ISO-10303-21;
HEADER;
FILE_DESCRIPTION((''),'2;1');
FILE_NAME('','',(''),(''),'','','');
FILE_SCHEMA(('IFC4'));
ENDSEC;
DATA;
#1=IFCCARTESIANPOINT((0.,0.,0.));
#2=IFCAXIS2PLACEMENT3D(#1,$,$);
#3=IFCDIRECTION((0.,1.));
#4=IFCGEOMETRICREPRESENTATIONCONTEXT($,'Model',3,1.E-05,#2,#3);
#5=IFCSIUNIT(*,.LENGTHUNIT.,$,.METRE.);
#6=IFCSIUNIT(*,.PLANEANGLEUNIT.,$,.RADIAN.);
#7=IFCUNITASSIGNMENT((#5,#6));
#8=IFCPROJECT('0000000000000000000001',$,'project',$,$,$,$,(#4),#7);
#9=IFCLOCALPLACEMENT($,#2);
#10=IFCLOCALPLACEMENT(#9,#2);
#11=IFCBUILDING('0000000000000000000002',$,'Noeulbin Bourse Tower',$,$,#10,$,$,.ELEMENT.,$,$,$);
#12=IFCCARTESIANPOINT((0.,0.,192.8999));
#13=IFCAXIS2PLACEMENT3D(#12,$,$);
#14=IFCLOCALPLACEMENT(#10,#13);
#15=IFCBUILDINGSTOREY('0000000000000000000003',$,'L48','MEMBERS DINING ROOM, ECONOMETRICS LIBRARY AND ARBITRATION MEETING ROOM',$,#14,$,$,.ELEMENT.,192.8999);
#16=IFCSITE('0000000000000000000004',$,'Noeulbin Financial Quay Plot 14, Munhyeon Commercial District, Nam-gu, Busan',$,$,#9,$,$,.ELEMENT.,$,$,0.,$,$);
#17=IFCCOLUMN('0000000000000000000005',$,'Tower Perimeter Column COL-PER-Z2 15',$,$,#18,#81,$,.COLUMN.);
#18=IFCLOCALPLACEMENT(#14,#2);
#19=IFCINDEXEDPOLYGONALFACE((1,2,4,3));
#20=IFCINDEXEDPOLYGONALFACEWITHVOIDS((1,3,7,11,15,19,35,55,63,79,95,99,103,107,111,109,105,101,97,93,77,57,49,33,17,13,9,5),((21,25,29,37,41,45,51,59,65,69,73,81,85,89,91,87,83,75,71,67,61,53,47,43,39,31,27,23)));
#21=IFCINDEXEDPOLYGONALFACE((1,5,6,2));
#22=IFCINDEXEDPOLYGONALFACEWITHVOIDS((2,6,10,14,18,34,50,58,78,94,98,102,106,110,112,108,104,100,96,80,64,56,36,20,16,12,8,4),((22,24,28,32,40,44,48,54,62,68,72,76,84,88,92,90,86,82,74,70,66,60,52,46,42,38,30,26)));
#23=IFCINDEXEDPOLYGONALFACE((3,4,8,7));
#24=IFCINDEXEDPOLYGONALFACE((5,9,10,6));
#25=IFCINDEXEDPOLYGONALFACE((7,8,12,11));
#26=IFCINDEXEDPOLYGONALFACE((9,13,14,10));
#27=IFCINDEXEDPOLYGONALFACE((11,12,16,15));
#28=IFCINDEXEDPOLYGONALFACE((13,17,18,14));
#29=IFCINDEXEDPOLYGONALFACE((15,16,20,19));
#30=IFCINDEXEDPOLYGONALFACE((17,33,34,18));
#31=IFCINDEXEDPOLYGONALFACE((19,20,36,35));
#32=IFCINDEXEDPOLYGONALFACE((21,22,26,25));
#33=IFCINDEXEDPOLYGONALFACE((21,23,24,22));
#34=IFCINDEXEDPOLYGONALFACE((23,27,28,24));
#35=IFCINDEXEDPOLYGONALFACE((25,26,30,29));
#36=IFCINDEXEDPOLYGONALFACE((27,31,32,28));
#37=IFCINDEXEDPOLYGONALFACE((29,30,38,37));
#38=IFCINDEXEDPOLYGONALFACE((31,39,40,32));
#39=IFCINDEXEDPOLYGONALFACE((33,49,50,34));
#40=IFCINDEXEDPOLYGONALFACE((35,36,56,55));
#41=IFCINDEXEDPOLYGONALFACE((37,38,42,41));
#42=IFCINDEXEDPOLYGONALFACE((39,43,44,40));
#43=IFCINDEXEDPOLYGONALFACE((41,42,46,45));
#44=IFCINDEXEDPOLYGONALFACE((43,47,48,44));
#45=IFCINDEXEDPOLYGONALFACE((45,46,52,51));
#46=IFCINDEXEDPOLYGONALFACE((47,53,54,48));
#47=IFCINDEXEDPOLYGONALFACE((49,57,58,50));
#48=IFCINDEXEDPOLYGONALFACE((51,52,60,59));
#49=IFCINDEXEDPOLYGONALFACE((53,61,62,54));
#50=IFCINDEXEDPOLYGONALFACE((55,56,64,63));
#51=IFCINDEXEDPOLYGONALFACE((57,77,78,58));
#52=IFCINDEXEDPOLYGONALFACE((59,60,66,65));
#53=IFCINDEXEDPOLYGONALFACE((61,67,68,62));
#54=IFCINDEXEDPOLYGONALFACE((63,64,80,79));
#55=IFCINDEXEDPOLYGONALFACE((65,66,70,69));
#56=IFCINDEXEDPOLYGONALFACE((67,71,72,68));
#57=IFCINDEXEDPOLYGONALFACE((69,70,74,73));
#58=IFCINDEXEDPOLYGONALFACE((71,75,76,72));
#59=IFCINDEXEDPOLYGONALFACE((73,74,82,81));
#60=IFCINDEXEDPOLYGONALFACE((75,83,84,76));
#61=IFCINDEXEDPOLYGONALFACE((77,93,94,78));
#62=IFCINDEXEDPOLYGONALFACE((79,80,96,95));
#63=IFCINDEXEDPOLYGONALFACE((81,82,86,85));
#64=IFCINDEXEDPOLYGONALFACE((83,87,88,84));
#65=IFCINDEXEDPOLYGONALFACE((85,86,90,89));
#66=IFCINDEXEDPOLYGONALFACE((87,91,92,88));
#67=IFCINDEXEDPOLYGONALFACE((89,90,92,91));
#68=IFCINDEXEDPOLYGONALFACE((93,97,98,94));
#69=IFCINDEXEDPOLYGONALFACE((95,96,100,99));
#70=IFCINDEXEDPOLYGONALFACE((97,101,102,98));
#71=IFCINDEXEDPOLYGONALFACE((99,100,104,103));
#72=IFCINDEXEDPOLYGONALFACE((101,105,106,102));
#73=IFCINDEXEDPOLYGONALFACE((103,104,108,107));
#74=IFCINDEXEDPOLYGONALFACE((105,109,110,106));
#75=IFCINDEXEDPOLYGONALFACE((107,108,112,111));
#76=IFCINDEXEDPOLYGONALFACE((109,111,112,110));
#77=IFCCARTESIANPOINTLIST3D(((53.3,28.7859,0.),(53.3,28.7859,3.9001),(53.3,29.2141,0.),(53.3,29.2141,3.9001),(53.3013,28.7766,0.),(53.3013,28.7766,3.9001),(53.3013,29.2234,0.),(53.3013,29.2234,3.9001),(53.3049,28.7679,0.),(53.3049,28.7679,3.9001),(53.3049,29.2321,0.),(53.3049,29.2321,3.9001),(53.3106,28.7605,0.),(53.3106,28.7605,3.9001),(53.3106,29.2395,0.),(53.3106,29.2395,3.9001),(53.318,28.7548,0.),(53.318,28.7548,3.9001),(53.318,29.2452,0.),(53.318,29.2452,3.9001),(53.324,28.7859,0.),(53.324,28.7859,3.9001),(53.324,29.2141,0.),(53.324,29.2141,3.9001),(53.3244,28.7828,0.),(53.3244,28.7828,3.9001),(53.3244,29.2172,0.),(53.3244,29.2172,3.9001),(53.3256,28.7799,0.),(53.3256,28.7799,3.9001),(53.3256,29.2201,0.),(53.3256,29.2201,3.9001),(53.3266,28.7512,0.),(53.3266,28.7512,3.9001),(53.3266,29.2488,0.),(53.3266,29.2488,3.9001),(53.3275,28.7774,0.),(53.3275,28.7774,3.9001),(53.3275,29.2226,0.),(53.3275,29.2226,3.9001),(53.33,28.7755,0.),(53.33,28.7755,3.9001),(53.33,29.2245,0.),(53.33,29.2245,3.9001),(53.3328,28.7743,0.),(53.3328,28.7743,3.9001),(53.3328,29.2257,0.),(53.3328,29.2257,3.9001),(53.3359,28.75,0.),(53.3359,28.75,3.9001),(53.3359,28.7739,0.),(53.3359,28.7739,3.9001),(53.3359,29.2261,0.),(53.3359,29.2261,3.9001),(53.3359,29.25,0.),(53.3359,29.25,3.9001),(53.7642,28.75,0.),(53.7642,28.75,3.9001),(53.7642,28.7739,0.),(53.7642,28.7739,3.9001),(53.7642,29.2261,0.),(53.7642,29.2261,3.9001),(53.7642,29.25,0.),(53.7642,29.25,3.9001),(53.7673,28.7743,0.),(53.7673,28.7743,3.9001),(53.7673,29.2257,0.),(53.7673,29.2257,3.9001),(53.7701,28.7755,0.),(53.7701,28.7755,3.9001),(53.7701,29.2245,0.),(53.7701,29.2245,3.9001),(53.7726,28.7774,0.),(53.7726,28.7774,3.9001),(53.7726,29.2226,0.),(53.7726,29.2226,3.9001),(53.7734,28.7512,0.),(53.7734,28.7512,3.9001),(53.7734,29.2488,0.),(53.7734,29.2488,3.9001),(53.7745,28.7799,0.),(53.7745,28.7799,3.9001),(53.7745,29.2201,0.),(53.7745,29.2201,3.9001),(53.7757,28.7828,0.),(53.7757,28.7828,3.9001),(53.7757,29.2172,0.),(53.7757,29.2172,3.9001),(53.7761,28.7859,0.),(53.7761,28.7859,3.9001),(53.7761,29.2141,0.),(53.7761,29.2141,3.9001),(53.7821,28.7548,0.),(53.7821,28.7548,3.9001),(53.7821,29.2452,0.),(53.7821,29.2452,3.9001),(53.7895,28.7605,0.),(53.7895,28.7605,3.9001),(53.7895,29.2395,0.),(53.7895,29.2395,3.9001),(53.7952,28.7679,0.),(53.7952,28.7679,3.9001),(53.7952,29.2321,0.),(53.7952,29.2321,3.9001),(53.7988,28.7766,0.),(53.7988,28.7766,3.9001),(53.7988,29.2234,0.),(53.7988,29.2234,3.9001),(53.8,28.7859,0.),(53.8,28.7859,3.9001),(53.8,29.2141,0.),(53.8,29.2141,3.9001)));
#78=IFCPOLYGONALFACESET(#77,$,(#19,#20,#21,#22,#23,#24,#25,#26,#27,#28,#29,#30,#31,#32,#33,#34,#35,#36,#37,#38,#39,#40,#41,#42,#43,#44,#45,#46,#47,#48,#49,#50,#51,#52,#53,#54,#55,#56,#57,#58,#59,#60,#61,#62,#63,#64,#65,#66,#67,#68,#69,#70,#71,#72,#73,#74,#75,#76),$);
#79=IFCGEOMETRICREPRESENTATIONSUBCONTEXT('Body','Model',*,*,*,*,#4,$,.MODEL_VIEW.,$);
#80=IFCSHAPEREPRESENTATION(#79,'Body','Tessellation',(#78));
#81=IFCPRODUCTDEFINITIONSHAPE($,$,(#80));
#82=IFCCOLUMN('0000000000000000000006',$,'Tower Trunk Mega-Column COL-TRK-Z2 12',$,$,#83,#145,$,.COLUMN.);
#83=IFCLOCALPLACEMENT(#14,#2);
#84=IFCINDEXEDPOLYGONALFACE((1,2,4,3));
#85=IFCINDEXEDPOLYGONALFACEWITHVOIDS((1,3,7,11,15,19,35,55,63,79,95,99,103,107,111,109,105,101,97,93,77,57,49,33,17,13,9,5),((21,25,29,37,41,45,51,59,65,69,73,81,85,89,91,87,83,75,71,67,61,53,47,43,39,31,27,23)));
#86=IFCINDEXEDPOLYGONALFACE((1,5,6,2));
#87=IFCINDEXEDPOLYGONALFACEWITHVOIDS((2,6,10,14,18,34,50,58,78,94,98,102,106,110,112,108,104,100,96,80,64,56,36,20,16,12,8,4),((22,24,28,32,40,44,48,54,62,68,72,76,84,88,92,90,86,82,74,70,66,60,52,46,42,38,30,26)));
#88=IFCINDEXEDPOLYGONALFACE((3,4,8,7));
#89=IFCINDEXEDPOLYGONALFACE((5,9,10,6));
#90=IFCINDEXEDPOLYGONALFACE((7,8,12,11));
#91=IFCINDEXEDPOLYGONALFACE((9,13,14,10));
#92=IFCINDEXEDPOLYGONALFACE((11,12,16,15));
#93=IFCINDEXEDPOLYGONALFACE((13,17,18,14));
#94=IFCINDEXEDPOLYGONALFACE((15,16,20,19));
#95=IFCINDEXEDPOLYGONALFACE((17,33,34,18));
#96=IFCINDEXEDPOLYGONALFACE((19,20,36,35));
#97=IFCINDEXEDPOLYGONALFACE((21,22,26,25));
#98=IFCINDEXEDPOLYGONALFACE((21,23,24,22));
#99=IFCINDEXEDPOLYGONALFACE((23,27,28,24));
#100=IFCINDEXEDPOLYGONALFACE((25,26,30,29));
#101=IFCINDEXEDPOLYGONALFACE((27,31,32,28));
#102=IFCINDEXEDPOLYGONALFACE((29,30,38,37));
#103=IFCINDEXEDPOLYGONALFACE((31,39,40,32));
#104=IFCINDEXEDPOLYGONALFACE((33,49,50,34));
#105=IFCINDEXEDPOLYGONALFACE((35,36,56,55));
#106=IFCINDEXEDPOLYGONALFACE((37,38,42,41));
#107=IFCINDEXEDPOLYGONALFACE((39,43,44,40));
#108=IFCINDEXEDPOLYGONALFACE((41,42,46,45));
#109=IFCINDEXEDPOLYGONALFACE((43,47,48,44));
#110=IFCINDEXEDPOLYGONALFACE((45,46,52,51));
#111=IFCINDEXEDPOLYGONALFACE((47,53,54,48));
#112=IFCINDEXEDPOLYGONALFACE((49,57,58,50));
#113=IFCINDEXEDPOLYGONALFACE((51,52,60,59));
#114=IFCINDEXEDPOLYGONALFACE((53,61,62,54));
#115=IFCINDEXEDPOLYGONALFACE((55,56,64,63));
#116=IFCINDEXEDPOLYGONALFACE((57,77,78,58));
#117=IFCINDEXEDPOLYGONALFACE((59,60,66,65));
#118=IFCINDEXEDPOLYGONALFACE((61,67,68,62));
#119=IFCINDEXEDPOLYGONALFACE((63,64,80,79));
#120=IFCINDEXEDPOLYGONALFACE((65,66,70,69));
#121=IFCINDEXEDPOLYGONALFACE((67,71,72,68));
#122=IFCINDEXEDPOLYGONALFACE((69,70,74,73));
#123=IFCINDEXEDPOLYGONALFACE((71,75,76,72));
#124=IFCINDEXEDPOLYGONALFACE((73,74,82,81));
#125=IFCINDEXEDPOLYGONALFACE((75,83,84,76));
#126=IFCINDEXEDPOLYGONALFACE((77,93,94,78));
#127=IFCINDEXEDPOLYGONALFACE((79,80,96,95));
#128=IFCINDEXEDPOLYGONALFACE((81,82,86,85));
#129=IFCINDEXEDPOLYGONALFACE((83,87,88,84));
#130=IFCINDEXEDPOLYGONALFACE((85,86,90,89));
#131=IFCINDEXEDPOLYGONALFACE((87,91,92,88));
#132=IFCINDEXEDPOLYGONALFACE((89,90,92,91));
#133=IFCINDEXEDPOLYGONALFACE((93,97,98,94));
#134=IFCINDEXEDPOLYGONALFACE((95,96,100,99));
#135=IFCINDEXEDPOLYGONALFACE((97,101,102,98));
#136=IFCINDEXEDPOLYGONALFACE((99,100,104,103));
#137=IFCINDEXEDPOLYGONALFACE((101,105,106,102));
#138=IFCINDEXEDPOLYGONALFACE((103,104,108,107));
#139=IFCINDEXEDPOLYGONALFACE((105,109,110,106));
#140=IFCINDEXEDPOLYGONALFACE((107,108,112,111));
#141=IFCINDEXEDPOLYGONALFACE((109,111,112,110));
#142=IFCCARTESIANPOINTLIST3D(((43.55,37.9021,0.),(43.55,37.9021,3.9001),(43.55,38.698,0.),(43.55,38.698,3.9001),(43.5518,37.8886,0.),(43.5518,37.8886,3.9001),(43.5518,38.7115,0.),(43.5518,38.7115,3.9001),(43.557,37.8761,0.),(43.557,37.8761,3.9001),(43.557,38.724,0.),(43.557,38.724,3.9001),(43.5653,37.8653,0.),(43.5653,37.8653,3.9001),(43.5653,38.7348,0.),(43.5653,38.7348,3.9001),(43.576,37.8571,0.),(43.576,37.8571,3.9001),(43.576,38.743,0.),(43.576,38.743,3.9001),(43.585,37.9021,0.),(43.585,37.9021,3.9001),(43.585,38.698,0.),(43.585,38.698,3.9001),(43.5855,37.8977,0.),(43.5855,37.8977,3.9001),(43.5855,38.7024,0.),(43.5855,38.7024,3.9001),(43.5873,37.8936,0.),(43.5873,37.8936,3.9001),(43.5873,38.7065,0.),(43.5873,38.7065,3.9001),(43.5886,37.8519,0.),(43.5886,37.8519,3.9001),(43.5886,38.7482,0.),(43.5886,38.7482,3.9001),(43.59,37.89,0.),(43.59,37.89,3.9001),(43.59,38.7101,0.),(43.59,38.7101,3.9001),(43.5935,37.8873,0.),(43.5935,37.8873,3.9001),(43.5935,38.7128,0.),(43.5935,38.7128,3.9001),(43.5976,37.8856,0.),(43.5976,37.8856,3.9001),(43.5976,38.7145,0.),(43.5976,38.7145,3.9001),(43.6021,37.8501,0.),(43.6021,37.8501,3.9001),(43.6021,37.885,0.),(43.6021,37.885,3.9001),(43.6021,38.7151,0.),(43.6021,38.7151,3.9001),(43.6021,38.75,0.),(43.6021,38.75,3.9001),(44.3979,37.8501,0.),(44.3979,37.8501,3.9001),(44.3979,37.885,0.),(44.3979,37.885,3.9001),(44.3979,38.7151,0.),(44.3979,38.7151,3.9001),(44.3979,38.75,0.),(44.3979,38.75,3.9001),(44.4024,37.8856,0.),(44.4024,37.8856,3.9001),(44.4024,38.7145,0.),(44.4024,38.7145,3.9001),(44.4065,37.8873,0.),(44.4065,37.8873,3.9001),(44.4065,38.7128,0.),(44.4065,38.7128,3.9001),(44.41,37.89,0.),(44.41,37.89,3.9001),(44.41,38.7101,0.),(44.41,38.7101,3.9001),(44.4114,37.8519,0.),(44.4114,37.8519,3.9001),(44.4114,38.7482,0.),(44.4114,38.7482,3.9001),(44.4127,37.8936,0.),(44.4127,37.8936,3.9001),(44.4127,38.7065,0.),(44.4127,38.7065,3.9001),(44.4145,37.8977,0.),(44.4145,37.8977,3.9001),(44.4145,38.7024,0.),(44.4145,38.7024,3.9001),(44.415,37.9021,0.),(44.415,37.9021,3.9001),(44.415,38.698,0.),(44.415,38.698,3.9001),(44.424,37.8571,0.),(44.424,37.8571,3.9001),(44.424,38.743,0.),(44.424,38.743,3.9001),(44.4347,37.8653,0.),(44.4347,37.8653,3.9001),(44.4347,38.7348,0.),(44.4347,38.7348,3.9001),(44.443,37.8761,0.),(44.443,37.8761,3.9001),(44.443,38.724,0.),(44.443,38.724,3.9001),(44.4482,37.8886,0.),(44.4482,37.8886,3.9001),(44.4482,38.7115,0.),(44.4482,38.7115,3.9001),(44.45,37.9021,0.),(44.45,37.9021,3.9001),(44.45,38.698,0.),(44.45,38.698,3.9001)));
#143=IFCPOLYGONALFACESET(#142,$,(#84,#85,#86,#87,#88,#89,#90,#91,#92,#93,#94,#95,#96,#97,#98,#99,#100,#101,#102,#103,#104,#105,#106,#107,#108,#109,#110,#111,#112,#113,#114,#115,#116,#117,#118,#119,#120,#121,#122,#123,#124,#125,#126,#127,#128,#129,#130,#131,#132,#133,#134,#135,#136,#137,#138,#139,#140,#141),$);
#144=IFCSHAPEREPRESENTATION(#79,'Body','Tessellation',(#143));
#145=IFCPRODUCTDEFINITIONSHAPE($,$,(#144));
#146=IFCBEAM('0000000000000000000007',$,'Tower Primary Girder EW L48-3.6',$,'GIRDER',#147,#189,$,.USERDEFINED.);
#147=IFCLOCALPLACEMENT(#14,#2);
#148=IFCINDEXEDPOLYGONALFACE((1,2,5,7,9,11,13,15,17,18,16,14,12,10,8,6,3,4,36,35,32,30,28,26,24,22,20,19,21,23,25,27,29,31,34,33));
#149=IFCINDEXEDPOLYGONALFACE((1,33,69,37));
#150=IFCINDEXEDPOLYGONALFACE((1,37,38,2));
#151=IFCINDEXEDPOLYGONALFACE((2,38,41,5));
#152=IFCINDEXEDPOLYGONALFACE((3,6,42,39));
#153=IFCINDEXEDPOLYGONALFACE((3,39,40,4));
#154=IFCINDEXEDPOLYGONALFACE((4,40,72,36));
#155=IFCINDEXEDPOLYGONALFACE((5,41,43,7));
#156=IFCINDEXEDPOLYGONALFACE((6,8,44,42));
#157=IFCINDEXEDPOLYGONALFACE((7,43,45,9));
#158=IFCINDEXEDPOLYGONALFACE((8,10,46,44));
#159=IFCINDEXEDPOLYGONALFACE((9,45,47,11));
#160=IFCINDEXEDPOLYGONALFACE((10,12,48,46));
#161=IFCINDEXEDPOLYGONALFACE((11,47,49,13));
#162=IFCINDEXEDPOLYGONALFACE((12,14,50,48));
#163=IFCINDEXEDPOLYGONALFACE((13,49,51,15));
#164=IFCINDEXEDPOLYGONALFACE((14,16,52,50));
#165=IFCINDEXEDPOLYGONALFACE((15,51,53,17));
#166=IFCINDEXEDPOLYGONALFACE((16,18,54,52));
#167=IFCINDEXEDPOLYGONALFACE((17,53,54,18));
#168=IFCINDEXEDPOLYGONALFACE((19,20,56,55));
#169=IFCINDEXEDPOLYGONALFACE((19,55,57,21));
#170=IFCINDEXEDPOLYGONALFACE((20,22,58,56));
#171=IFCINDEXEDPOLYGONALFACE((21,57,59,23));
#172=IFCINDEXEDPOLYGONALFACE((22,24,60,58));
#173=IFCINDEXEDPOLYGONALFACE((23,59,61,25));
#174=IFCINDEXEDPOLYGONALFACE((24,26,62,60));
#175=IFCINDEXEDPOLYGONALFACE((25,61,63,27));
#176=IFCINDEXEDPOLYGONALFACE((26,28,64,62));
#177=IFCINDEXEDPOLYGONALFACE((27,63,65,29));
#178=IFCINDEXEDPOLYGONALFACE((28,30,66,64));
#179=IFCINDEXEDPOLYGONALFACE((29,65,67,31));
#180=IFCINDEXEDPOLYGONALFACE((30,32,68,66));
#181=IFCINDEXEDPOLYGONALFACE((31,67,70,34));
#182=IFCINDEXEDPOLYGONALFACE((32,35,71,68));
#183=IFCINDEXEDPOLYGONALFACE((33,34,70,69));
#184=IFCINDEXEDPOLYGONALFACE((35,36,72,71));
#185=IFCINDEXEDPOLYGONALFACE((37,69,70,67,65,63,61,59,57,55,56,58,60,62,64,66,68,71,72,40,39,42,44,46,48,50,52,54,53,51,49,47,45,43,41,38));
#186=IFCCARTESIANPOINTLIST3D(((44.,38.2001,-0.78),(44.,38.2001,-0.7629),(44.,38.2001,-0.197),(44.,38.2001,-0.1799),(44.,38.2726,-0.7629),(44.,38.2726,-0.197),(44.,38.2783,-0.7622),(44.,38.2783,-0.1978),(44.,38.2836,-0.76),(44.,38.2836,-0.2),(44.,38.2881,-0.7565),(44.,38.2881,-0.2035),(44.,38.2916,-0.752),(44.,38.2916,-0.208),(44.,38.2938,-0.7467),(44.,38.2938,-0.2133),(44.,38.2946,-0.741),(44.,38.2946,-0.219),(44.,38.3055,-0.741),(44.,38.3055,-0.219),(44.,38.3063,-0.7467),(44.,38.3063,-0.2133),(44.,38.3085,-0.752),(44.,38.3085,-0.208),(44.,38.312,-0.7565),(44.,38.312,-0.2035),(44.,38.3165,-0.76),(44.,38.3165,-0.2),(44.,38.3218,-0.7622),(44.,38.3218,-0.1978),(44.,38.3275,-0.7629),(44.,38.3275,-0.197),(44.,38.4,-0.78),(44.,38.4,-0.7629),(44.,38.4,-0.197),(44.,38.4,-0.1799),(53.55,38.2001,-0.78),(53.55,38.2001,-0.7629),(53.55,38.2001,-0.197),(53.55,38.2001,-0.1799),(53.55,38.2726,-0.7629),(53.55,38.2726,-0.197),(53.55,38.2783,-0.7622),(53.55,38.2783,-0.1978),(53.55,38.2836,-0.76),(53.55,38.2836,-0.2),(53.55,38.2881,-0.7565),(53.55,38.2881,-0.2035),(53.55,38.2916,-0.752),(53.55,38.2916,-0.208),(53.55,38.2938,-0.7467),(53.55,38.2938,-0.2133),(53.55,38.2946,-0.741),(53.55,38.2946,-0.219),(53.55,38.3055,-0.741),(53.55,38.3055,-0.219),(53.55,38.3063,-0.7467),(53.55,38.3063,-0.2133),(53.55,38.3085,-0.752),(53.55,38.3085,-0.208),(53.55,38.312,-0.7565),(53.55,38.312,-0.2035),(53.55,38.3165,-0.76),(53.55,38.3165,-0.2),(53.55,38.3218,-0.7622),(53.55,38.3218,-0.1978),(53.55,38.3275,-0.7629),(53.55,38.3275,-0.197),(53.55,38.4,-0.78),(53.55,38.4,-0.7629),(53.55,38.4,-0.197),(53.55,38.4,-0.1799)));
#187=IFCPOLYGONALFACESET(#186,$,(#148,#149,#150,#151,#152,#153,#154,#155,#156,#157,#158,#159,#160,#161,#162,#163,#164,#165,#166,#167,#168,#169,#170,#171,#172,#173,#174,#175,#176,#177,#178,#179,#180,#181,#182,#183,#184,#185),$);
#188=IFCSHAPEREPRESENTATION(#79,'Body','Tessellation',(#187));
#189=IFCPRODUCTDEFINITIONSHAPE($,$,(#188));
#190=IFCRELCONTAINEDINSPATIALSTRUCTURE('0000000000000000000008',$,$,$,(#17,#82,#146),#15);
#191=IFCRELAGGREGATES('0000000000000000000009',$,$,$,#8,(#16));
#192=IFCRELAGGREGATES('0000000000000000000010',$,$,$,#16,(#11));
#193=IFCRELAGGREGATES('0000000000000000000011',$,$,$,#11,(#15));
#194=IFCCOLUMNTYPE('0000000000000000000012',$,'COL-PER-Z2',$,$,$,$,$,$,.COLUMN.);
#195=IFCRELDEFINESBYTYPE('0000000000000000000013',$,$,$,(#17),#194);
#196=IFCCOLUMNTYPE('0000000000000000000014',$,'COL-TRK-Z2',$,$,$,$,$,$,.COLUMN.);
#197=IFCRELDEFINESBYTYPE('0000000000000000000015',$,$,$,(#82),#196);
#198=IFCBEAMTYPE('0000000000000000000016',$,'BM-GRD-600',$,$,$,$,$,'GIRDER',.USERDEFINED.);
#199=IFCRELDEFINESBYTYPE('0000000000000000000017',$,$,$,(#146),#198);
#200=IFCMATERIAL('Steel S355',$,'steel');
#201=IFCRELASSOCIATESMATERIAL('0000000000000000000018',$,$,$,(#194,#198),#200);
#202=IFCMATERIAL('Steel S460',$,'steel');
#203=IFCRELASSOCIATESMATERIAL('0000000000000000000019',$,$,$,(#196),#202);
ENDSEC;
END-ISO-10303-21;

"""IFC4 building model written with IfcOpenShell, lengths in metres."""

from ifc_helpers import new_model, si_unit, direction, frame, origin, origin_2d, place, context, subcontext, project, spatial, hollow_rectangle, i_section, extrude, material, material_profile, profile_set, type_object, element, save


model = new_model("IFC4")

# Units and contexts
model_context = context("Model", 3, precision=1e-05, world=origin(), true_north=direction((0.0, 1.0)))
body_context = subcontext(model_context, "Body", "Model", "MODEL_VIEW")
ifc_project = project(units=[si_unit("LENGTHUNIT", "METRE"), si_unit("PLANEANGLEUNIT", "RADIAN")], contexts=[model_context])

# Site, building, storey
site_placement = place(None, origin())
site = spatial("IfcSite", under=ifc_project, at=site_placement, Name="Noeulbin Financial Quay Plot 14, Munhyeon Commercial District, Nam-gu, Busan", CompositionType="ELEMENT", RefElevation=0.0)
building_placement = place(site_placement, origin())
building = spatial("IfcBuilding", under=site, at=building_placement, Name="Noeulbin Bourse Tower", CompositionType="ELEMENT")
storey_placement = place(building_placement, frame((0.0, 0.0, 192.8999)))
storey = spatial("IfcBuildingStorey", under=building, at=storey_placement, Name="L48", Description="MEMBERS DINING ROOM, ECONOMETRICS LIBRARY AND ARBITRATION MEETING ROOM", CompositionType="ELEMENT", Elevation=192.8999)

# Columns
ifc_material_1 = material(Name="Steel S355", Category="steel")
ifc_material_profile_1 = material_profile(ifc_material_1, hollow_rectangle(XDim=0.5, YDim=0.5, WallThickness=0.0239, InnerFilletRadius=0.012, OuterFilletRadius=0.0359, at=origin_2d()), Name="BOX-500x500x24", Category="LoadBearing")
ifc_profile_set_1 = profile_set([ifc_material_profile_1], Name="Steel S355")
column_type_1 = type_object("IfcColumnType", Name="COL-PER-Z2", PredefinedType="COLUMN", material=ifc_profile_set_1)
column_1_placement = place(storey_placement, frame((53.55, 29.0, 0.0), z_axis=(0.0, 0.0, 1.0), x_axis=(1.0, 0.0, 0.0)))
element("IfcColumn", 1, at=column_1_placement, inside=storey, type_object=column_type_1, Name="Tower Perimeter Column COL-PER-Z2 15", PredefinedType="COLUMN", context=body_context, shape_type="SweptSolid", body=[
    extrude(hollow_rectangle(XDim=0.5, YDim=0.5, WallThickness=0.0239, InnerFilletRadius=0.012, OuterFilletRadius=0.0359, at=origin_2d()), origin(), (0.0, 0.0, 1.0), 3.9001),
])
ifc_material_2 = material(Name="Steel S460", Category="steel")
ifc_material_profile_2 = material_profile(ifc_material_2, hollow_rectangle(XDim=0.8999, YDim=0.8999, WallThickness=0.0349, InnerFilletRadius=0.0171, OuterFilletRadius=0.052, at=origin_2d()), Name="BOX-900x900x35", Category="LoadBearing")
ifc_profile_set_2 = profile_set([ifc_material_profile_2], Name="Steel S460")
column_type_2 = type_object("IfcColumnType", Name="COL-TRK-Z2", PredefinedType="COLUMN", material=ifc_profile_set_2)
column_2_placement = place(storey_placement, frame((44.0, 38.3, 0.0), z_axis=(0.0, 0.0, 1.0), x_axis=(1.0, 0.0, 0.0)))
element("IfcColumn", 2, at=column_2_placement, inside=storey, type_object=column_type_2, Name="Tower Trunk Mega-Column COL-TRK-Z2 12", PredefinedType="COLUMN", context=body_context, shape_type="SweptSolid", body=[
    extrude(hollow_rectangle(XDim=0.8999, YDim=0.8999, WallThickness=0.0349, InnerFilletRadius=0.0171, OuterFilletRadius=0.052, at=origin_2d()), origin(), (0.0, 0.0, 1.0), 3.9001),
])

# Beam
ifc_material_profile_3 = material_profile(ifc_material_1, i_section(OverallWidth=0.2, OverallDepth=0.6001, WebThickness=0.011, FlangeThickness=0.0171, FilletRadius=0.022, at=origin_2d()), Name="H-600x200x11x17", Category="LoadBearing")
ifc_profile_set_3 = profile_set([ifc_material_profile_3], Name="Steel S355")
beam_type_1 = type_object("IfcBeamType", Name="BM-GRD-600", ElementType="GIRDER", PredefinedType="USERDEFINED", material=ifc_profile_set_3)
beam_1_placement = place(storey_placement, frame((44.0, 38.3, -0.48), z_axis=(1.0, 0.0, 0.0), x_axis=(0.0, 1.0, 0.0)))
element("IfcBeam", 3, at=beam_1_placement, inside=storey, type_object=beam_type_1, Name="Tower Primary Girder EW L48-3.6", ObjectType="GIRDER", PredefinedType="USERDEFINED", context=body_context, shape_type="SweptSolid", body=[
    extrude(i_section(OverallWidth=0.2, OverallDepth=0.6001, WebThickness=0.011, FlangeThickness=0.0171, FilletRadius=0.022, at=origin_2d()), origin(), (0.0, 0.0, 1.0), 9.55),
])

save(model, "model.ifc")
